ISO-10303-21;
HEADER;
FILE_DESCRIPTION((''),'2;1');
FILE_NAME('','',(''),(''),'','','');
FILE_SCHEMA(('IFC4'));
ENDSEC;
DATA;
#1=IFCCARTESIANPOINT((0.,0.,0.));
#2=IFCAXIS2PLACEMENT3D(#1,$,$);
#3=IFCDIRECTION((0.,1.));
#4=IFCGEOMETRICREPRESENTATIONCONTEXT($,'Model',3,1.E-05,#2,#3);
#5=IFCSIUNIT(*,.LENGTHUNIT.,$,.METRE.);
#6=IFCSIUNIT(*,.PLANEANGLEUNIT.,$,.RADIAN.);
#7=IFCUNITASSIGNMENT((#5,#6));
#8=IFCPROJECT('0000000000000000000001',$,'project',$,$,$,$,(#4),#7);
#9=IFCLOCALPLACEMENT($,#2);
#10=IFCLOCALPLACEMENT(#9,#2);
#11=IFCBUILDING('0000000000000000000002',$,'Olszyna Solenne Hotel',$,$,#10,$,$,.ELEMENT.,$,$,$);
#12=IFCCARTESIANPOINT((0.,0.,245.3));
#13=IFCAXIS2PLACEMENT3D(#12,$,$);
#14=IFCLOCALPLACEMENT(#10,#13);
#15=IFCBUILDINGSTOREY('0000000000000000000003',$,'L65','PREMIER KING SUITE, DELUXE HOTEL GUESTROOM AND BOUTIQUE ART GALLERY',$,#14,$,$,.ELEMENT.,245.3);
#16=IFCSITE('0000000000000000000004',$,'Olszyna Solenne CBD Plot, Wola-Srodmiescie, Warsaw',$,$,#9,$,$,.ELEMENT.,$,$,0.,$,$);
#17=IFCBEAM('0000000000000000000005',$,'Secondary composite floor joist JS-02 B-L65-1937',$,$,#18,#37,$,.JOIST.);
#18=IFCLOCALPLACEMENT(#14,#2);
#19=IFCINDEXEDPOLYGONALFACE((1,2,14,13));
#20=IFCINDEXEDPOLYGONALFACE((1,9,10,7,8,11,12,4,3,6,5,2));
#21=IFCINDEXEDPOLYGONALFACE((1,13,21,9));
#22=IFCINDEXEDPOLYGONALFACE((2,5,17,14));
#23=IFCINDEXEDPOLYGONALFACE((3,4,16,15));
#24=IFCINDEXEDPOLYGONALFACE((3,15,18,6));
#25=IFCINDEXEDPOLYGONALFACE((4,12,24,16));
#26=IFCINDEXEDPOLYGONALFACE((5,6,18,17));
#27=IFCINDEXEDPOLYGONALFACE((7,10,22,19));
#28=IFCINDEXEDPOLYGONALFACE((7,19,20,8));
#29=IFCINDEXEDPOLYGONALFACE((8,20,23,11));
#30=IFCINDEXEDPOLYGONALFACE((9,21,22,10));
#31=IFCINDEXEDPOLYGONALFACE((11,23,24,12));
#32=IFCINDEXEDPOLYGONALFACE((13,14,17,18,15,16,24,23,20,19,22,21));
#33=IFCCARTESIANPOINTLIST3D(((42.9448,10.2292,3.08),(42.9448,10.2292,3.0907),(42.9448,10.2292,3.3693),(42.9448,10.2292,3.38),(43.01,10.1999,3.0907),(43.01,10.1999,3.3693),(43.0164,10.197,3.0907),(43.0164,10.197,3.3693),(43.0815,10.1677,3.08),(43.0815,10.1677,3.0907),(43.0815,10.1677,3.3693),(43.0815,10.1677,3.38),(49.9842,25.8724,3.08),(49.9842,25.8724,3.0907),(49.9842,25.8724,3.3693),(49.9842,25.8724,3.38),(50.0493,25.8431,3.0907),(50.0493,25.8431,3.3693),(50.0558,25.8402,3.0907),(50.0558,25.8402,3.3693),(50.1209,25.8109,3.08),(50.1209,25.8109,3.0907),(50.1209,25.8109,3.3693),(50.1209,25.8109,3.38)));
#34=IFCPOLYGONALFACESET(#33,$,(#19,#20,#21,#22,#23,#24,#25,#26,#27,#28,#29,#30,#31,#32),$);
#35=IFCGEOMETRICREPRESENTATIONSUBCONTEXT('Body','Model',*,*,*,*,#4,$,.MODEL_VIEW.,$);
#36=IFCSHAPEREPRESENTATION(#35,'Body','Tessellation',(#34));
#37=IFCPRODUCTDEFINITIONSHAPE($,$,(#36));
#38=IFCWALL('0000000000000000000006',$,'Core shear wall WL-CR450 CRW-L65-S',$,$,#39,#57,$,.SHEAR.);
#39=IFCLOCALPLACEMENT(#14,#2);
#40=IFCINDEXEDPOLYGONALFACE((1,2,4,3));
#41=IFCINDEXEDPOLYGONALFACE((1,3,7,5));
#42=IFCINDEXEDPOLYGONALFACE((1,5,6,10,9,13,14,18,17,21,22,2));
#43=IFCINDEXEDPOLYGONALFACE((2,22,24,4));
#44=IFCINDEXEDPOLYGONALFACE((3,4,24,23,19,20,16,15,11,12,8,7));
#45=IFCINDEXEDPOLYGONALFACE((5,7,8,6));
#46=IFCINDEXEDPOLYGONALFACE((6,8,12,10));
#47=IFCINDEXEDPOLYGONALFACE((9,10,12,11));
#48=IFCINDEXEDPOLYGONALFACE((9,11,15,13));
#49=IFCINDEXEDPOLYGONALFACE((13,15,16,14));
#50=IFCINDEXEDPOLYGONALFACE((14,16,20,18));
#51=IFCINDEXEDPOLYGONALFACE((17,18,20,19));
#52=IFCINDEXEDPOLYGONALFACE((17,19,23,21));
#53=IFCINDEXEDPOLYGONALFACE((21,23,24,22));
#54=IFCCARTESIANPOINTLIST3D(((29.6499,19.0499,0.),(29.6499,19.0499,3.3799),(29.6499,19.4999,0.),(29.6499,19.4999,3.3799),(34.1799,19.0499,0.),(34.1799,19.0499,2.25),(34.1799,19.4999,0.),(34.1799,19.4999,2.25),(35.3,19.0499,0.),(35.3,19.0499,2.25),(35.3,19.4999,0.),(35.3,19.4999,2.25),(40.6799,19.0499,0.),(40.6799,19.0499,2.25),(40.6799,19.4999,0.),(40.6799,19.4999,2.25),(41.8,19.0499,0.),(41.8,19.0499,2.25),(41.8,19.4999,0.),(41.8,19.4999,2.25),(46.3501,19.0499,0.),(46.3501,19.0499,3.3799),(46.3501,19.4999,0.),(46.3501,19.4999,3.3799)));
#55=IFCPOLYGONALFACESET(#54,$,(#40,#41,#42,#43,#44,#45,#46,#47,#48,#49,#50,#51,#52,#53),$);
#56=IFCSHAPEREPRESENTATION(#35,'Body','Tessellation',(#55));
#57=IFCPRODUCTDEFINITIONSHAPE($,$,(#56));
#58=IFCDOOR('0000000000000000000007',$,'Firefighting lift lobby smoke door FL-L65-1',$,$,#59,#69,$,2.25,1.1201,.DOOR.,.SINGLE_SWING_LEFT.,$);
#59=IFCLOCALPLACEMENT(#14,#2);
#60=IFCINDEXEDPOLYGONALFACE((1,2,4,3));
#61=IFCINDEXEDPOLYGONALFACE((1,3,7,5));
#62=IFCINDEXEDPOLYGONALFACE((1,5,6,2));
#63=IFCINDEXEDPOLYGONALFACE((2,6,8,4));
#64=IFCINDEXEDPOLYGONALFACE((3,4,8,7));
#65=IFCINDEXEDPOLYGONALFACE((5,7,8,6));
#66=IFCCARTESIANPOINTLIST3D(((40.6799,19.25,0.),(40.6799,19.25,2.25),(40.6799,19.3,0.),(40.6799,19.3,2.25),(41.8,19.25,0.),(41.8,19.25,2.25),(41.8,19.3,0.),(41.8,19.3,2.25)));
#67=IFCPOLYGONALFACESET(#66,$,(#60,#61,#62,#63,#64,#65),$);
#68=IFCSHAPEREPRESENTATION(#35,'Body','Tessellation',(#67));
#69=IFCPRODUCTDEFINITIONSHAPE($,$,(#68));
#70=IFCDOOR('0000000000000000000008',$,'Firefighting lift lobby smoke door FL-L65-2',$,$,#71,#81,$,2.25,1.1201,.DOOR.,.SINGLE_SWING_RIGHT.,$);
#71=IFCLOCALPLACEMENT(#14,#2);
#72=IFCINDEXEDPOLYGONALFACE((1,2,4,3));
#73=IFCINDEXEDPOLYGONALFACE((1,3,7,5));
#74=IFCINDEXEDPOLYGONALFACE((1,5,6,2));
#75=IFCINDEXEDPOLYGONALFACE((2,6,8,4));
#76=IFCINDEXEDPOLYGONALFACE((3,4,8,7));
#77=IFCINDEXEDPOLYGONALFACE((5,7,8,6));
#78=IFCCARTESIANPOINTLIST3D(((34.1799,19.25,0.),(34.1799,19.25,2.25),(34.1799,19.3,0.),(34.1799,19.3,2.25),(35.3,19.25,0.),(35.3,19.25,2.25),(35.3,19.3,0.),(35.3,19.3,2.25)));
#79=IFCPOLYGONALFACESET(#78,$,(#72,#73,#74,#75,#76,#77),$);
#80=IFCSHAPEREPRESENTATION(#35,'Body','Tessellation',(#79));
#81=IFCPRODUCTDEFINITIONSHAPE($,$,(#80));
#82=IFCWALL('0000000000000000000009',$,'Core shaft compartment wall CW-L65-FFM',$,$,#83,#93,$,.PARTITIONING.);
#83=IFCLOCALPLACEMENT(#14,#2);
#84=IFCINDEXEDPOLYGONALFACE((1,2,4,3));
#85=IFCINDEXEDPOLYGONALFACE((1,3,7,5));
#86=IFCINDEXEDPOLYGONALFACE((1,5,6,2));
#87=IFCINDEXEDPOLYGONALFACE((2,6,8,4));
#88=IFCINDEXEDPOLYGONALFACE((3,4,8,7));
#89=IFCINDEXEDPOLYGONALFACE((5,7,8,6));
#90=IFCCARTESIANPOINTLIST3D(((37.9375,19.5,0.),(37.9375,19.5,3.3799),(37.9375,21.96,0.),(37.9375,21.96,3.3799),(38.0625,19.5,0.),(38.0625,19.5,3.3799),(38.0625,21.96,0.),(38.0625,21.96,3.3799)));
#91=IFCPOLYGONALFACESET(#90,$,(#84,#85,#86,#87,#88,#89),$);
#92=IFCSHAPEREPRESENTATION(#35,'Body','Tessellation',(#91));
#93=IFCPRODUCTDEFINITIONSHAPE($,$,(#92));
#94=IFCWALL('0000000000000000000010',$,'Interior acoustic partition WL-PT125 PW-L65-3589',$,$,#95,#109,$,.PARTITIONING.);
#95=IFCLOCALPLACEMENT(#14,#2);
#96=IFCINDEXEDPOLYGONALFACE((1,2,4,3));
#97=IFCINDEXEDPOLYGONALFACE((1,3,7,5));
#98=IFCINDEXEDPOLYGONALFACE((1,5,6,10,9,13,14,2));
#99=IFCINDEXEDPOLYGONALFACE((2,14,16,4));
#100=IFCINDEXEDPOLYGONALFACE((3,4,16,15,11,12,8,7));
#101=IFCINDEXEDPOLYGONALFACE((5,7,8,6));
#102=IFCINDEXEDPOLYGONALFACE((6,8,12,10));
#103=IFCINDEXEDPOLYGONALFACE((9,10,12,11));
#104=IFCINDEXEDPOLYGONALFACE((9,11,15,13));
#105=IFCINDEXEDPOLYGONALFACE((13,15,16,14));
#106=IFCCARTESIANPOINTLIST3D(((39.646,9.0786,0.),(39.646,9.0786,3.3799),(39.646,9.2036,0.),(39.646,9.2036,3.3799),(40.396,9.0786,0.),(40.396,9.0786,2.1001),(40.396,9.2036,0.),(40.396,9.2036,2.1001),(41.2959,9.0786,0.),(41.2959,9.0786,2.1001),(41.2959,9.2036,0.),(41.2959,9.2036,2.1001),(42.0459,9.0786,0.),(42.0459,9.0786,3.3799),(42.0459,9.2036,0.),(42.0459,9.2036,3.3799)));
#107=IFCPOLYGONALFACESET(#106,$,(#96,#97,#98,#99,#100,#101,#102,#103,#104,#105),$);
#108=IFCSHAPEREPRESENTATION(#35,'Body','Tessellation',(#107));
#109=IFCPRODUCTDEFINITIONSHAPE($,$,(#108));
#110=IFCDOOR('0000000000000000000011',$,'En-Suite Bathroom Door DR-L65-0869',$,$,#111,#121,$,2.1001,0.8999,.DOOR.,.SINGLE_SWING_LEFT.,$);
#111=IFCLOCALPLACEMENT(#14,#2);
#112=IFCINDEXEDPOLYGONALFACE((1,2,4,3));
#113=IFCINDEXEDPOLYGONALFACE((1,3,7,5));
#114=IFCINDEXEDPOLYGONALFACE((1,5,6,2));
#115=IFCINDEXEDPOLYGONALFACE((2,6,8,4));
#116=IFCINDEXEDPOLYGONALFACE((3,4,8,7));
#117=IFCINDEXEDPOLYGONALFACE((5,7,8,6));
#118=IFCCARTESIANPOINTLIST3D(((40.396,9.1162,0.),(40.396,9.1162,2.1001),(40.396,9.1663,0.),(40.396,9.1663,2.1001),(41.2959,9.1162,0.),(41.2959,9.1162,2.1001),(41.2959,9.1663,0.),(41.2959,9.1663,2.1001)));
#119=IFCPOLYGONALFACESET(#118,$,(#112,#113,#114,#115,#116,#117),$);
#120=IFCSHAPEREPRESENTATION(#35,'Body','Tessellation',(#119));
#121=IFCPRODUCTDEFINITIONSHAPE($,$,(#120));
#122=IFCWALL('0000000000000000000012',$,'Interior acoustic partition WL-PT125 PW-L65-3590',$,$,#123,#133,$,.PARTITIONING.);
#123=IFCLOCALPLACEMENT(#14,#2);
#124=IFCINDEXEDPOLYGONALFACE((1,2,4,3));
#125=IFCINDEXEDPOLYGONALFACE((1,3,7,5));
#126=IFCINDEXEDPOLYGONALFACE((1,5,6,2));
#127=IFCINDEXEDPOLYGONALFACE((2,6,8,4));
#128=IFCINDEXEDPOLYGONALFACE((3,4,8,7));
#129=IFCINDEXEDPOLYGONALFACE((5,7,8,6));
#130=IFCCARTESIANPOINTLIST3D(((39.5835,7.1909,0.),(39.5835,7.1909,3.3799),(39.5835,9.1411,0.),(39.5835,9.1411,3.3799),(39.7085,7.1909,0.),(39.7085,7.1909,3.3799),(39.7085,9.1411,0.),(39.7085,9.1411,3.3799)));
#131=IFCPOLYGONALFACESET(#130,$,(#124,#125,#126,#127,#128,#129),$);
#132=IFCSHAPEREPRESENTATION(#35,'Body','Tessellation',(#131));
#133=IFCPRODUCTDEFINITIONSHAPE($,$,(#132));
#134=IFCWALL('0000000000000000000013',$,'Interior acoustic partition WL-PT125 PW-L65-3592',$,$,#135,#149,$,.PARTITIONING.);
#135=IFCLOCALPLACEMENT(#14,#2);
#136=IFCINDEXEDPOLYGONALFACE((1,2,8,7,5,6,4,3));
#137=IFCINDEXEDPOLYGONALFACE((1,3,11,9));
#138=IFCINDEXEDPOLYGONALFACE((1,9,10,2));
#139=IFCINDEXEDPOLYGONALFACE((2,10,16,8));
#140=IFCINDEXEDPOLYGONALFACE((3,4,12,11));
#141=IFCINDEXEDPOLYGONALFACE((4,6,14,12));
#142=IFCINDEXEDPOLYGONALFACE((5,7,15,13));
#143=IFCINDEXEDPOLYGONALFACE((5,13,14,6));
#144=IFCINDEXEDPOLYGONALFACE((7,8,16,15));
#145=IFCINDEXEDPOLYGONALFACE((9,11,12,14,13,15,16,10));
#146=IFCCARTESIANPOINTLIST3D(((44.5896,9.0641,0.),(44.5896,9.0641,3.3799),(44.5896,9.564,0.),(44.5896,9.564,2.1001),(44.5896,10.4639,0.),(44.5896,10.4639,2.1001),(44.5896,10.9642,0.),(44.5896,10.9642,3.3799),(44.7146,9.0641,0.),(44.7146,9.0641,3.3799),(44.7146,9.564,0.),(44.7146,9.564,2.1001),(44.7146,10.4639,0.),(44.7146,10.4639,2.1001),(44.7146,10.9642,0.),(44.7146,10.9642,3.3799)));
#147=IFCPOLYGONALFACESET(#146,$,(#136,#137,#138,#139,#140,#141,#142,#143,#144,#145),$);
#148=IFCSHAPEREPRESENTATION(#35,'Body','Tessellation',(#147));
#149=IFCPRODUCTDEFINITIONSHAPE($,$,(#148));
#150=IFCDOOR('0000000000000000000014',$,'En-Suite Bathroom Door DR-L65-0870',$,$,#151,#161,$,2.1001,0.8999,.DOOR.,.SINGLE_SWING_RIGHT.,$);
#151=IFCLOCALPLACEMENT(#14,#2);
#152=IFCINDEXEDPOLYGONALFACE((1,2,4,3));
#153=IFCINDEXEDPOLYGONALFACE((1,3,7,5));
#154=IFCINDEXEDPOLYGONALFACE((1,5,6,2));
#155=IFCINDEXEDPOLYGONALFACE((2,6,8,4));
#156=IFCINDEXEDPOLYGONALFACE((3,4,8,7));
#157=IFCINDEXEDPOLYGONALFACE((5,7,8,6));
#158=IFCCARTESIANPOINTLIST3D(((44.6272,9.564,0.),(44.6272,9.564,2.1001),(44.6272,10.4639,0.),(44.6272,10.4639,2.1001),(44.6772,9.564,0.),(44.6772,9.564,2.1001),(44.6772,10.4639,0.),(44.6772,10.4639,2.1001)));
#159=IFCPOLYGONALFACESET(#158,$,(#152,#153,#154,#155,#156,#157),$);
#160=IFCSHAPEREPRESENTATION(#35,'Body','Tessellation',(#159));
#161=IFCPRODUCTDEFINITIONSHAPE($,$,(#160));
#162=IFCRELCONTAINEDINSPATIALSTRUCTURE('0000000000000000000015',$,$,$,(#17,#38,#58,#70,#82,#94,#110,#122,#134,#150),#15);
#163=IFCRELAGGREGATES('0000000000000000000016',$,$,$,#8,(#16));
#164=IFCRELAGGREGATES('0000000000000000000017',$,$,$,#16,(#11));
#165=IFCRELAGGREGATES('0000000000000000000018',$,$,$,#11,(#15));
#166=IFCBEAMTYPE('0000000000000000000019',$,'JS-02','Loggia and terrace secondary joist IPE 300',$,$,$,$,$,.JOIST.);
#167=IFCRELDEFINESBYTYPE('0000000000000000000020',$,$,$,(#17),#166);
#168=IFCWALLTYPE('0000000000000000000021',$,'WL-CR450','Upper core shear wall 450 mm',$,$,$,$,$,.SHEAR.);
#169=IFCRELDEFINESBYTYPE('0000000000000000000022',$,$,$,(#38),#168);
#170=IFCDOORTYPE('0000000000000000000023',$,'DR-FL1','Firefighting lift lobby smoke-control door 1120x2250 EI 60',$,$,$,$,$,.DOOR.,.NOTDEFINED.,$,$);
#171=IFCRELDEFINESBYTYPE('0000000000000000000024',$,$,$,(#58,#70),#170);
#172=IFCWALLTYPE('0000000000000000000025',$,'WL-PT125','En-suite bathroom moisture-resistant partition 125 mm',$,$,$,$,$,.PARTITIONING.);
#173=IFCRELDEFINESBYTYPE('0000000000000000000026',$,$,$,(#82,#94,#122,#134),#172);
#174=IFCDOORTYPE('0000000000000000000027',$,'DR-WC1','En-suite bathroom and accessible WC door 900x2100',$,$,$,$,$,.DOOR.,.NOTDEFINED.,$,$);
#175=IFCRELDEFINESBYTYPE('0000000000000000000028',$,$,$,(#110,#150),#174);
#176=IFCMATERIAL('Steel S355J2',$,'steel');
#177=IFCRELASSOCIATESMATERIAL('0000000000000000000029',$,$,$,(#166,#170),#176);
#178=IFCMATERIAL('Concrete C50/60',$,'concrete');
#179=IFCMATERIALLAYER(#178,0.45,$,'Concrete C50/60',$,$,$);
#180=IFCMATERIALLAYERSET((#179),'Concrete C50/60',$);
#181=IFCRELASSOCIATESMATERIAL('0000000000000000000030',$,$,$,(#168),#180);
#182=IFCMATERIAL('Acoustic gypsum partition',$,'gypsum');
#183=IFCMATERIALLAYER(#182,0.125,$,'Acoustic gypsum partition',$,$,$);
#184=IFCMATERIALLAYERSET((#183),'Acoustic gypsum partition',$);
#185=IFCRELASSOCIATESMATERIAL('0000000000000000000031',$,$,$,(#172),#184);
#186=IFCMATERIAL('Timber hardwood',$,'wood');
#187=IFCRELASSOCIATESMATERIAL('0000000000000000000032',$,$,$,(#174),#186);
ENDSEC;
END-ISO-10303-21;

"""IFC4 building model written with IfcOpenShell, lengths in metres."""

from ifc_helpers import new_model, si_unit, direction, frame, frame_2d, origin, origin_2d, place, context, subcontext, project, spatial, rectangle, i_section, extrude, source, transform, mapped, material, layer, layer_set, material_profile, profile_set, type_object, type_shapes, element, fill, save


model = new_model("IFC4")

# Units and contexts
model_context = context("Model", 3, precision=1e-05, world=origin(), true_north=direction((0.0, 1.0)))
body_context = subcontext(model_context, "Body", "Model", "MODEL_VIEW")
ifc_project = project(units=[si_unit("LENGTHUNIT", "METRE"), si_unit("PLANEANGLEUNIT", "RADIAN")], contexts=[model_context])

# Site, building, storey
site_placement = place(None, origin())
site = spatial("IfcSite", under=ifc_project, at=site_placement, Name="Olszyna Solenne CBD Plot, Wola-Srodmiescie, Warsaw", CompositionType="ELEMENT", RefElevation=0.0)
building_placement = place(site_placement, origin())
building = spatial("IfcBuilding", under=site, at=building_placement, Name="Olszyna Solenne Hotel", CompositionType="ELEMENT")
storey_placement = place(building_placement, frame((0.0, 0.0, 245.3)))
storey = spatial("IfcBuildingStorey", under=building, at=storey_placement, Name="L65", Description="PREMIER KING SUITE, DELUXE HOTEL GUESTROOM AND BOUTIQUE ART GALLERY", CompositionType="ELEMENT", Elevation=245.3)

# Beam
ifc_material_1 = material(Name="Steel S355J2", Category="steel")
ifc_material_profile = material_profile(ifc_material_1, i_section(OverallWidth=0.1499, OverallDepth=0.3, WebThickness=0.0071, FlangeThickness=0.0107, at=origin_2d()), Name="IPE 300", Category="load-bearing")
ifc_profile_set = profile_set([ifc_material_profile], Name="Steel S355J2")
beam_type = type_object("IfcBeamType", Name="JS-02", Description="Loggia and terrace secondary joist IPE 300", PredefinedType="JOIST", material=ifc_profile_set)
shared_shape_1 = source(origin(), body_context, "Body", "SweptSolid", [
    extrude(i_section(OverallWidth=0.1499, OverallDepth=0.3, WebThickness=0.0071, FlangeThickness=0.0107, at=origin_2d()), origin(), (0.0, 0.0, 1.0), 17.1541),
])
beam_placement = place(storey_placement, frame((43.0132, 10.1985, 3.23), z_axis=(0.410361, 0.911923, 0.0), x_axis=(-0.911923, 0.410361, 0.0)))
element("IfcBeam", 1, at=beam_placement, inside=storey, type_object=beam_type, Name="Secondary composite floor joist JS-02 B-L65-1937", PredefinedType="JOIST", context=body_context, shape_type="MappedRepresentation", body=[
    mapped(shared_shape_1, transform((0.0, 0.0, 0.0), x_axis=(1.0, 0.0, 0.0), y_axis=(0.0, 1.0, 0.0), z_axis=(0.0, 0.0, 1.0), scale=1.0)),
])

# Wall, openings, doors
ifc_material_2 = material(Name="Concrete C50/60", Category="concrete")
ifc_layer_1 = layer(ifc_material_2, 0.45, Name="Concrete C50/60")
ifc_layer_set_1 = layer_set([ifc_layer_1], Name="Concrete C50/60")
wall_type_1 = type_object("IfcWallType", Name="WL-CR450", Description="Upper core shear wall 450 mm", PredefinedType="SHEAR", material=ifc_layer_set_1)
wall_1_placement = place(storey_placement, frame((46.3501, 19.2749, 0.0), z_axis=(0.0, 0.0, 1.0), x_axis=(-1.0, 0.0, 0.0)))
wall_1 = element("IfcWall", 2, at=wall_1_placement, inside=storey, type_object=wall_type_1, Name="Core shear wall WL-CR450 CRW-L65-S", PredefinedType="SHEAR", context=body_context, shape_type="SweptSolid", body=[
    extrude(rectangle(XDim=16.7002, YDim=0.45, at=frame_2d((8.3501, 0.0))), origin(), (0.0, 0.0, 1.0), 3.3799),
])
opening_1_placement = place(wall_1_placement, frame((4.55, 0.0, 0.0)))
opening_1 = element("IfcOpeningElement", 3, at=opening_1_placement, cuts=wall_1, PredefinedType="OPENING", context=body_context, shape_type="SweptSolid", body=[
    extrude(rectangle(XDim=1.1201, YDim=2.25, at=frame_2d((0.5601, 1.125))), frame((0.0, 0.2349, 0.0), z_axis=(0.0, -1.0, 0.0), x_axis=(1.0, 0.0, 0.0)), (0.0, 0.0, 1.0), 0.47),
])
opening_2_placement = place(wall_1_placement, frame((11.05, 0.0, 0.0)))
opening_2 = element("IfcOpeningElement", 4, at=opening_2_placement, cuts=wall_1, PredefinedType="OPENING", context=body_context, shape_type="SweptSolid", body=[
    extrude(rectangle(XDim=1.1201, YDim=2.25, at=frame_2d((0.5601, 1.125))), frame((0.0, 0.2349, 0.0), z_axis=(0.0, -1.0, 0.0), x_axis=(1.0, 0.0, 0.0)), (0.0, 0.0, 1.0), 0.47),
])
door_type_1 = type_object("IfcDoorType", Name="DR-FL1", Description="Firefighting lift lobby smoke-control door 1120x2250 EI 60", OperationType="NOTDEFINED", PredefinedType="DOOR", material=ifc_material_1)
shared_shape_2 = source(origin(), body_context, "Body", "SweptSolid", [
    extrude(rectangle(XDim=1.1201, YDim=2.25, at=frame_2d((0.5601, 1.125))), frame((0.0, 0.0249, 0.0), z_axis=(0.0, -1.0, 0.0), x_axis=(1.0, 0.0, 0.0)), (0.0, 0.0, 1.0), 0.05),
])
type_shapes(door_type_1, [shared_shape_2])
door_1_placement = place(opening_1_placement, origin())
door_1 = element("IfcDoor", 5, at=door_1_placement, inside=storey, type_object=door_type_1, Name="Firefighting lift lobby smoke door FL-L65-1", OperationType="SINGLE_SWING_LEFT", OverallHeight=2.25, OverallWidth=1.1201, PredefinedType="DOOR", context=body_context, shape_type="MappedRepresentation", body=[
    mapped(shared_shape_2, transform((0.0, 0.0, 0.0), x_axis=(1.0, 0.0, 0.0), y_axis=(0.0, 1.0, 0.0), z_axis=(0.0, 0.0, 1.0), scale=1.0)),
])
fill(opening_1, door_1)
door_2_placement = place(opening_2_placement, origin())
door_2 = element("IfcDoor", 6, at=door_2_placement, inside=storey, type_object=door_type_1, Name="Firefighting lift lobby smoke door FL-L65-2", OperationType="SINGLE_SWING_RIGHT", OverallHeight=2.25, OverallWidth=1.1201, PredefinedType="DOOR", context=body_context, shape_type="MappedRepresentation", body=[
    mapped(shared_shape_2, transform((0.0, 0.0, 0.0), x_axis=(1.0, 0.0, 0.0), y_axis=(0.0, 1.0, 0.0), z_axis=(0.0, 0.0, 1.0), scale=1.0)),
])
fill(opening_2, door_2)

# Wall
ifc_material_3 = material(Name="Acoustic gypsum partition", Category="gypsum")
ifc_layer_2 = layer(ifc_material_3, 0.125, Name="Acoustic gypsum partition")
ifc_layer_set_2 = layer_set([ifc_layer_2], Name="Acoustic gypsum partition")
wall_type_2 = type_object("IfcWallType", Name="WL-PT125", Description="En-suite bathroom moisture-resistant partition 125 mm", PredefinedType="PARTITIONING", material=ifc_layer_set_2)
wall_2_placement = place(storey_placement, frame((38.0, 19.5, 0.0), z_axis=(0.0, 0.0, 1.0), x_axis=(0.0, 1.0, 0.0)))
element("IfcWall", 7, at=wall_2_placement, inside=storey, type_object=wall_type_2, Name="Core shaft compartment wall CW-L65-FFM", PredefinedType="PARTITIONING", context=body_context, shape_type="SweptSolid", body=[
    extrude(rectangle(XDim=2.46, YDim=0.125, at=frame_2d((1.23, 0.0))), origin(), (0.0, 0.0, 1.0), 3.3799),
])

# Wall, opening, door
wall_3_placement = place(storey_placement, frame((42.0459, 9.1411, 0.0), z_axis=(0.0, 0.0, 1.0), x_axis=(-1.0, 0.0, 0.0)))
wall_3 = element("IfcWall", 8, at=wall_3_placement, inside=storey, type_object=wall_type_2, Name="Interior acoustic partition WL-PT125 PW-L65-3589", PredefinedType="PARTITIONING", context=body_context, shape_type="SweptSolid", body=[
    extrude(rectangle(XDim=2.3999, YDim=0.125, at=frame_2d((1.2, 0.0))), origin(), (0.0, 0.0, 1.0), 3.3799),
])
opening_3_placement = place(wall_3_placement, frame((0.75, 0.0, 0.0)))
opening_3 = element("IfcOpeningElement", 9, at=opening_3_placement, cuts=wall_3, PredefinedType="OPENING", context=body_context, shape_type="SweptSolid", body=[
    extrude(rectangle(XDim=0.8999, YDim=2.1001, at=frame_2d((0.45, 1.05))), frame((0.0, 0.0725, 0.0), z_axis=(0.0, -1.0, 0.0), x_axis=(1.0, 0.0, 0.0)), (0.0, 0.0, 1.0), 0.145),
])
ifc_material_4 = material(Name="Timber hardwood", Category="wood")
door_type_2 = type_object("IfcDoorType", Name="DR-WC1", Description="En-suite bathroom and accessible WC door 900x2100", OperationType="NOTDEFINED", PredefinedType="DOOR", material=ifc_material_4)
shared_shape_3 = source(origin(), body_context, "Body", "SweptSolid", [
    extrude(rectangle(XDim=0.8999, YDim=2.1001, at=frame_2d((0.45, 1.05))), frame((0.0, 0.0249, 0.0), z_axis=(0.0, -1.0, 0.0), x_axis=(1.0, 0.0, 0.0)), (0.0, 0.0, 1.0), 0.05),
])
type_shapes(door_type_2, [shared_shape_3])
door_3_placement = place(opening_3_placement, origin())
door_3 = element("IfcDoor", 10, at=door_3_placement, inside=storey, type_object=door_type_2, Name="En-Suite Bathroom Door DR-L65-0869", OperationType="SINGLE_SWING_LEFT", OverallHeight=2.1001, OverallWidth=0.8999, PredefinedType="DOOR", context=body_context, shape_type="MappedRepresentation", body=[
    mapped(shared_shape_3, transform((0.0, 0.0, 0.0), x_axis=(1.0, 0.0, 0.0), y_axis=(0.0, 1.0, 0.0), z_axis=(0.0, 0.0, 1.0), scale=1.0)),
])
fill(opening_3, door_3)

# Wall
wall_4_placement = place(storey_placement, frame((39.646, 9.1411, 0.0), z_axis=(0.0, 0.0, 1.0), x_axis=(0.0, -1.0, 0.0)))
element("IfcWall", 11, at=wall_4_placement, inside=storey, type_object=wall_type_2, Name="Interior acoustic partition WL-PT125 PW-L65-3590", PredefinedType="PARTITIONING", context=body_context, shape_type="SweptSolid", body=[
    extrude(rectangle(XDim=1.9502, YDim=0.125, at=frame_2d((0.9751, 0.0))), origin(), (0.0, 0.0, 1.0), 3.3799),
])

# Wall, opening, door
wall_5_placement = place(storey_placement, frame((44.6521, 9.064, 0.0), z_axis=(0.0, 0.0, 1.0), x_axis=(0.0, 1.0, 0.0)))
wall_5 = element("IfcWall", 12, at=wall_5_placement, inside=storey, type_object=wall_type_2, Name="Interior acoustic partition WL-PT125 PW-L65-3592", PredefinedType="PARTITIONING", context=body_context, shape_type="SweptSolid", body=[
    extrude(rectangle(XDim=1.9001, YDim=0.125, at=frame_2d((0.9502, 0.0))), origin(), (0.0, 0.0, 1.0), 3.3799),
])
opening_4_placement = place(wall_5_placement, frame((0.5, 0.0, 0.0)))
opening_4 = element("IfcOpeningElement", 13, at=opening_4_placement, cuts=wall_5, PredefinedType="OPENING", context=body_context, shape_type="SweptSolid", body=[
    extrude(rectangle(XDim=0.8999, YDim=2.1001, at=frame_2d((0.45, 1.05))), frame((0.0, 0.0725, 0.0), z_axis=(0.0, -1.0, 0.0), x_axis=(1.0, 0.0, 0.0)), (0.0, 0.0, 1.0), 0.145),
])
door_4_placement = place(opening_4_placement, origin())
door_4 = element("IfcDoor", 14, at=door_4_placement, inside=storey, type_object=door_type_2, Name="En-Suite Bathroom Door DR-L65-0870", OperationType="SINGLE_SWING_RIGHT", OverallHeight=2.1001, OverallWidth=0.8999, PredefinedType="DOOR", context=body_context, shape_type="MappedRepresentation", body=[
    mapped(shared_shape_3, transform((0.0, 0.0, 0.0), x_axis=(1.0, 0.0, 0.0), y_axis=(0.0, 1.0, 0.0), z_axis=(0.0, 0.0, 1.0), scale=1.0)),
])
fill(opening_4, door_4)

save(model, "model.ifc")
